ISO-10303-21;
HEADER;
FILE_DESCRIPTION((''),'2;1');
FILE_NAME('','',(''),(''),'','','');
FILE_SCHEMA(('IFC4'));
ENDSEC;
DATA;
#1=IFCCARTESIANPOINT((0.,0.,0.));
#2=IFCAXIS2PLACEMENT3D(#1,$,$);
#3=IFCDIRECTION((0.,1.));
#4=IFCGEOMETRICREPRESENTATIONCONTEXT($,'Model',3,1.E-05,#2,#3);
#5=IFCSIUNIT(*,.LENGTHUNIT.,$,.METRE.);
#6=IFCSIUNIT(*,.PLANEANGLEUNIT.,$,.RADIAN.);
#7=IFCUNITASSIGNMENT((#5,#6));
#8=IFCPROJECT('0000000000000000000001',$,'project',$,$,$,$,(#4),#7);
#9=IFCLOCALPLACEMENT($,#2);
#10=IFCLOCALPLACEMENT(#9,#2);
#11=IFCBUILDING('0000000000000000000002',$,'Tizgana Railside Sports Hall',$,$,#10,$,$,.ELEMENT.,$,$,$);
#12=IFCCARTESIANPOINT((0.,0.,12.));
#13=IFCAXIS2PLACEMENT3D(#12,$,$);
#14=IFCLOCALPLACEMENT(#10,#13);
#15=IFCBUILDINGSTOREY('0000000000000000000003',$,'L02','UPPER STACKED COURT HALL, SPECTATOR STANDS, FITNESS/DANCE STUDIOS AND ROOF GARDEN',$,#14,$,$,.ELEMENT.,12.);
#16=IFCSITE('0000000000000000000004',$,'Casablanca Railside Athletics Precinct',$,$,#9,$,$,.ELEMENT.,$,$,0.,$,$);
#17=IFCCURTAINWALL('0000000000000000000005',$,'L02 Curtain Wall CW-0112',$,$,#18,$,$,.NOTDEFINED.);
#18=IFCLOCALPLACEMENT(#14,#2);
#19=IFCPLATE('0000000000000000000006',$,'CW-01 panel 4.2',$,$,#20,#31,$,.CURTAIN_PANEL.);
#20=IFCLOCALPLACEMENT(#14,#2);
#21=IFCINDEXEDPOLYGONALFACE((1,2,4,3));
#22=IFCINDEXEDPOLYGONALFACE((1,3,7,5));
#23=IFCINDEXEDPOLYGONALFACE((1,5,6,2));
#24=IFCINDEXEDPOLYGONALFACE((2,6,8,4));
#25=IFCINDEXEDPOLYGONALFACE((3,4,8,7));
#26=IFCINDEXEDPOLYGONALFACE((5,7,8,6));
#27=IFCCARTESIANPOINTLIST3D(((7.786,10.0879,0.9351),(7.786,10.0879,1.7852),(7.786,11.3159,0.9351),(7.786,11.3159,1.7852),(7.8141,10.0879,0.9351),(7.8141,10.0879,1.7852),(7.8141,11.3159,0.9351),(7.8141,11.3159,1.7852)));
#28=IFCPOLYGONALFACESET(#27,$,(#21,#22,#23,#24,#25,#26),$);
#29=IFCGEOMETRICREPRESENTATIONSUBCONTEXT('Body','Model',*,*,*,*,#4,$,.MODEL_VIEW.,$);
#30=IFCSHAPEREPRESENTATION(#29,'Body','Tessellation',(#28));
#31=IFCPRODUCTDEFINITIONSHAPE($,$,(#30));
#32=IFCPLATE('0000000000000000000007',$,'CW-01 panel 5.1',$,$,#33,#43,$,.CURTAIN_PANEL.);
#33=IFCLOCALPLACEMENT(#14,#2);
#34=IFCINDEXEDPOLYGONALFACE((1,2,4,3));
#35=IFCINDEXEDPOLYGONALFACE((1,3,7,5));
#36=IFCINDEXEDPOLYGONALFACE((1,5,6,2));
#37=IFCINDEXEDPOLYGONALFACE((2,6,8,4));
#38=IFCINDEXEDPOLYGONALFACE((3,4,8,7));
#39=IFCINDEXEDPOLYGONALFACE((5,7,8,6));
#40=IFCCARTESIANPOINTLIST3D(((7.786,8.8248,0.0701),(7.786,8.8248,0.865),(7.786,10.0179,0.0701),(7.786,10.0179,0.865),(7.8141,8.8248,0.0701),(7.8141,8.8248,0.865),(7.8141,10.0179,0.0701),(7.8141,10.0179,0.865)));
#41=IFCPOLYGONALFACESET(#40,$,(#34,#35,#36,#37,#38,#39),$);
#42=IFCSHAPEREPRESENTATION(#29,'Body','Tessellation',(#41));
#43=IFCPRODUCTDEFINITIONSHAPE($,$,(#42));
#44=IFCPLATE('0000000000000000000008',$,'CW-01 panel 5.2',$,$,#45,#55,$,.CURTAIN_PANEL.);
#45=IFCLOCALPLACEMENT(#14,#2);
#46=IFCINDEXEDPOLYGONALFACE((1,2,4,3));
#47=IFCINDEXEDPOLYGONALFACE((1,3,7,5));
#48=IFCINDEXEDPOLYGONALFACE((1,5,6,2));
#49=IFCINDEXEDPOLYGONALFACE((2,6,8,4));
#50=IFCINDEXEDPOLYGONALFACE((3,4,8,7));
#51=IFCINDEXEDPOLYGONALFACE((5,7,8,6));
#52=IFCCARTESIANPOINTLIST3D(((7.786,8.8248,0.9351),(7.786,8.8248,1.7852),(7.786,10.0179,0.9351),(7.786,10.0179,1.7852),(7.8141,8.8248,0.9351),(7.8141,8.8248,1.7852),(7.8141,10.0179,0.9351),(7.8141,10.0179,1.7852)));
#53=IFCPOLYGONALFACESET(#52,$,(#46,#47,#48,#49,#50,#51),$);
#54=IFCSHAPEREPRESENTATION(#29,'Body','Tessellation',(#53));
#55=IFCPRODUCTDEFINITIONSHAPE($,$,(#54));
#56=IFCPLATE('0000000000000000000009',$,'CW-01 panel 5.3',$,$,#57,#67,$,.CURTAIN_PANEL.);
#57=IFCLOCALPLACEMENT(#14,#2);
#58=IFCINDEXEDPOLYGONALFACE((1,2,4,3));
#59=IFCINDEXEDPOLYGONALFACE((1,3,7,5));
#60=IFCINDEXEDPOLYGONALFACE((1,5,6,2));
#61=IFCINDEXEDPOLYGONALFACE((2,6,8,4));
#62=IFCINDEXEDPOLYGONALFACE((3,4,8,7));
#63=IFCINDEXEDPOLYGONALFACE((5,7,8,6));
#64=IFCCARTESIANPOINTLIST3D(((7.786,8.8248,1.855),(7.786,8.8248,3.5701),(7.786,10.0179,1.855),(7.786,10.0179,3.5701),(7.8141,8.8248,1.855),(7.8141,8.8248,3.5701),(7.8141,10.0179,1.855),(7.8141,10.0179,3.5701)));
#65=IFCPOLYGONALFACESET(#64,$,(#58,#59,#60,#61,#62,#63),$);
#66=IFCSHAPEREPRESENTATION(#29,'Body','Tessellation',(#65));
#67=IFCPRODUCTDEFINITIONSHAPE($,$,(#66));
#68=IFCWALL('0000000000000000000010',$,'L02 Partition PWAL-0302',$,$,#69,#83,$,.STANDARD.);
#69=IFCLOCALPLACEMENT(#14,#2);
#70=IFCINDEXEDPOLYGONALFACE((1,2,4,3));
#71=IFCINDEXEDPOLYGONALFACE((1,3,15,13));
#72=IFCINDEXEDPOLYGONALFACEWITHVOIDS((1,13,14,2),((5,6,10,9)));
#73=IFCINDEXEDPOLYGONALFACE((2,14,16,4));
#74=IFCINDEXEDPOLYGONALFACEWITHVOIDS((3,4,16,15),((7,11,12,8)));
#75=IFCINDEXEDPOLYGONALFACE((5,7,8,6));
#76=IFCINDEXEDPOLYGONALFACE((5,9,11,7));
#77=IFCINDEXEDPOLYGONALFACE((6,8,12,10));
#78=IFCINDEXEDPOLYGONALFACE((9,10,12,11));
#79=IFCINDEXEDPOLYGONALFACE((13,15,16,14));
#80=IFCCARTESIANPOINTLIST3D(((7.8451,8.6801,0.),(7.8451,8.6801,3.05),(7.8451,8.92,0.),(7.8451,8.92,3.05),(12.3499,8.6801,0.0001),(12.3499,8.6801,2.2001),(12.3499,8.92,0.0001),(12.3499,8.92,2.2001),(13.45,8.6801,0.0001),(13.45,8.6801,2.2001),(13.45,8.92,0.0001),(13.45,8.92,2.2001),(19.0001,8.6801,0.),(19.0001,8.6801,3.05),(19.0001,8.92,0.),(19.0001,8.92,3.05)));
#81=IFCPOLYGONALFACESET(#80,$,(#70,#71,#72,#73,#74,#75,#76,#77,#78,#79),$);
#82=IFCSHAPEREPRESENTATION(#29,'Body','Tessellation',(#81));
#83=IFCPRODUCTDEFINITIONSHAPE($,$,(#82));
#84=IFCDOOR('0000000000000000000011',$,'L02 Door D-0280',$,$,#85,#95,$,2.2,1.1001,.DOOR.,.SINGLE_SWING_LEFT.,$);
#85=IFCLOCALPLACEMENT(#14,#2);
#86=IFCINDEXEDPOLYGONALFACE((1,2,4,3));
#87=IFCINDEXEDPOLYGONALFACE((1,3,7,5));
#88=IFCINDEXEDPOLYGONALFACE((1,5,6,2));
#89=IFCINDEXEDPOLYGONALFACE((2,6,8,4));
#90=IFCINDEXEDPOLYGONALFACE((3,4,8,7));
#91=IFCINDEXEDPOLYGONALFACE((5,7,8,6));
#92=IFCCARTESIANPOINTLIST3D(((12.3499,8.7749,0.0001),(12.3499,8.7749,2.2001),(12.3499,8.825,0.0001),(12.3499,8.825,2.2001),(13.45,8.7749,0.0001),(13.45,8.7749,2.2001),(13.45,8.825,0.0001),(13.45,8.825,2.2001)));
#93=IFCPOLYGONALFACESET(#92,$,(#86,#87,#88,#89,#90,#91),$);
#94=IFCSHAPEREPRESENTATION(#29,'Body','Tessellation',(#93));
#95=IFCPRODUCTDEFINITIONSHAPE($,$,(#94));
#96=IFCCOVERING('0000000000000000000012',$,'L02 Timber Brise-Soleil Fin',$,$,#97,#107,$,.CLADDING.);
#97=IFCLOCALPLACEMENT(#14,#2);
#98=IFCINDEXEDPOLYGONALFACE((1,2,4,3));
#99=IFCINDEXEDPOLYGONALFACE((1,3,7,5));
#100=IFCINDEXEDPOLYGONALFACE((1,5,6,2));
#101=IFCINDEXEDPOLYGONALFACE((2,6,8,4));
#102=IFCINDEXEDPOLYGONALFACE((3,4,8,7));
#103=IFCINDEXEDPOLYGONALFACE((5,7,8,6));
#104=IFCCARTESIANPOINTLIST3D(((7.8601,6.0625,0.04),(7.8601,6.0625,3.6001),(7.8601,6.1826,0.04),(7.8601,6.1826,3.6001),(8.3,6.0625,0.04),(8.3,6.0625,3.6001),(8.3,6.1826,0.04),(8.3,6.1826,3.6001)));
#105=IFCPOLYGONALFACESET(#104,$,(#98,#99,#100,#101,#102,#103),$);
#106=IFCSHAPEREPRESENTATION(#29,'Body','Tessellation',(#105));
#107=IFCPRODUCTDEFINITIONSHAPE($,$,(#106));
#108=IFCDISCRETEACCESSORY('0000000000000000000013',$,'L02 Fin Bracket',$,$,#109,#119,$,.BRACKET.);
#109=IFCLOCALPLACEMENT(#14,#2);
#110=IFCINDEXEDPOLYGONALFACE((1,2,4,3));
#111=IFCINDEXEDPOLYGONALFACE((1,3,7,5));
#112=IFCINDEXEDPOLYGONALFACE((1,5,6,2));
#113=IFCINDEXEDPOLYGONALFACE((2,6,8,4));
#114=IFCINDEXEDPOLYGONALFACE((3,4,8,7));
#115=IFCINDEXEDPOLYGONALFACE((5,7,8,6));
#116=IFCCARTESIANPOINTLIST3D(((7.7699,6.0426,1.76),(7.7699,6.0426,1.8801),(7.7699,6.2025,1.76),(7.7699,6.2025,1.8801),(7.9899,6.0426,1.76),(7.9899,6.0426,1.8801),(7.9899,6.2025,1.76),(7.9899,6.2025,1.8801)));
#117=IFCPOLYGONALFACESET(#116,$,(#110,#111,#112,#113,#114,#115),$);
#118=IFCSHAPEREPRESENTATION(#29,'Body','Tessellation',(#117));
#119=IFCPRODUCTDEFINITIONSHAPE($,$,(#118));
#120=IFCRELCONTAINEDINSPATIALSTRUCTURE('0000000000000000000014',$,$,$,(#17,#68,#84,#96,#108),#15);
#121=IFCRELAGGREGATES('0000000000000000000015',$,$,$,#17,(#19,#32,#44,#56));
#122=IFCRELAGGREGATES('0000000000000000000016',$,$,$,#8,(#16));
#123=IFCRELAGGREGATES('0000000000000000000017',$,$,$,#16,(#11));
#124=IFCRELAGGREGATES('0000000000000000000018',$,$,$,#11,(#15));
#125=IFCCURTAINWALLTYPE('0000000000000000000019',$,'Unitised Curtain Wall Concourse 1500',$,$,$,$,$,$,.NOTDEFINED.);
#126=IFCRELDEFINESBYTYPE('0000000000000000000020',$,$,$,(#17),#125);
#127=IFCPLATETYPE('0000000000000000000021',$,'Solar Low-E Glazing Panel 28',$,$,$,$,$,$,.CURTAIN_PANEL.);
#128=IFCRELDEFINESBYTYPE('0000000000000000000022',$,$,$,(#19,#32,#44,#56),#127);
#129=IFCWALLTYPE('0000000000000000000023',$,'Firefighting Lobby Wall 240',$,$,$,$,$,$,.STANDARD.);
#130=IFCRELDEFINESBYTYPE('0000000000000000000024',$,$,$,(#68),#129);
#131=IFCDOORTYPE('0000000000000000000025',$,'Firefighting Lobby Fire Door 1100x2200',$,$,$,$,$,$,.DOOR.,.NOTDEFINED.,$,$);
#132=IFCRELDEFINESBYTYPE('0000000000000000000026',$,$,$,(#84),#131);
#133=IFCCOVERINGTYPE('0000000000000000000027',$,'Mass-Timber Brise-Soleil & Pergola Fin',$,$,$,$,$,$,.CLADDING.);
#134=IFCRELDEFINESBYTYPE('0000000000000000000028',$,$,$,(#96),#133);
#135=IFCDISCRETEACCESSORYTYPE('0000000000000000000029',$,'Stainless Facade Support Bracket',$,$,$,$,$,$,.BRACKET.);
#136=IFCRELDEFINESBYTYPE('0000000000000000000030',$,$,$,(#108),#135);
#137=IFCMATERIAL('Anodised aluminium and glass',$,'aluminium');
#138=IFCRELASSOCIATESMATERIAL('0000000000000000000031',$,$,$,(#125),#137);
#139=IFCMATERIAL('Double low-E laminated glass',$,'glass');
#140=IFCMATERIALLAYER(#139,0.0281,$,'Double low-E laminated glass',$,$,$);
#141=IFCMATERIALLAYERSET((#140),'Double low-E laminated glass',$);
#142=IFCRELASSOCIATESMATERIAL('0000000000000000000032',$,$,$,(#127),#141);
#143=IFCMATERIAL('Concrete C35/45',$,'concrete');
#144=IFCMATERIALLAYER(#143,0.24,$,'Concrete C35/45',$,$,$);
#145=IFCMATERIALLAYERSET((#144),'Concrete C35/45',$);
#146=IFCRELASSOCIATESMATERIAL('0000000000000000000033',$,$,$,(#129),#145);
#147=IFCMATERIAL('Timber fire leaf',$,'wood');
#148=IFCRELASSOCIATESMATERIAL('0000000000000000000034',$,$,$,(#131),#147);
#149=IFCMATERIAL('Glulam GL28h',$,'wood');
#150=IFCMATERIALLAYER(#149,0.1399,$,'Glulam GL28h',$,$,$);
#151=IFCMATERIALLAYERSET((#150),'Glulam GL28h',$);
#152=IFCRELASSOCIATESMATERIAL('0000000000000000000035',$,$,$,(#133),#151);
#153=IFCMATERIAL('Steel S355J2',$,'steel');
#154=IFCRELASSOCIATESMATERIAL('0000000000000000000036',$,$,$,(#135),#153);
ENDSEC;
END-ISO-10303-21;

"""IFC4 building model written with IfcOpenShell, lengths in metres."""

from ifc_helpers import new_model, si_unit, direction, frame, frame_2d, origin, origin_2d, place, context, subcontext, project, spatial, rectangle, extrude, material, layer, layer_set, type_object, element, fill, aggregate, save


model = new_model("IFC4")

# Units and contexts
model_context = context("Model", 3, precision=1e-05, world=origin(), true_north=direction((0.0, 1.0)))
body_context = subcontext(model_context, "Body", "Model", "MODEL_VIEW")
ifc_project = project(units=[si_unit("LENGTHUNIT", "METRE"), si_unit("PLANEANGLEUNIT", "RADIAN")], contexts=[model_context])

# Site, building, storey
site_placement = place(None, origin())
site = spatial("IfcSite", under=ifc_project, at=site_placement, Name="Casablanca Railside Athletics Precinct", CompositionType="ELEMENT", RefElevation=0.0)
building_placement = place(site_placement, origin())
building = spatial("IfcBuilding", under=site, at=building_placement, Name="Tizgana Railside Sports Hall", CompositionType="ELEMENT")
storey_placement = place(building_placement, frame((0.0, 0.0, 12.0)))
storey = spatial("IfcBuildingStorey", under=building, at=storey_placement, Name="L02", Description="UPPER STACKED COURT HALL, SPECTATOR STANDS, FITNESS/DANCE STUDIOS AND ROOF GARDEN", CompositionType="ELEMENT", Elevation=12.0)

# Shared definitions
ifc_material_1 = material(Name="Concrete C35/45", Category="concrete")

# Shared definitions
ifc_material_2 = material(Name="Anodised aluminium and glass", Category="aluminium")

# Curtain wall
curtain_wall_type_1 = type_object("IfcCurtainWallType", Name="Unitised Curtain Wall Concourse 1500", PredefinedType="NOTDEFINED", material=ifc_material_2)
curtain_wall_1_placement = place(storey_placement, origin())
curtain_wall_1 = element("IfcCurtainWall", 1, at=curtain_wall_1_placement, inside=storey, type_object=curtain_wall_type_1, Name="L02 Curtain Wall CW-0112", PredefinedType="NOTDEFINED")

# Shared definitions
ifc_material_3 = material(Name="Steel S355J2", Category="steel")

# Plates
ifc_material_4 = material(Name="Double low-E laminated glass", Category="glass")
ifc_layer_1 = layer(ifc_material_4, 0.0281, Name="Double low-E laminated glass")
ifc_layer_set_1 = layer_set([ifc_layer_1], Name="Double low-E laminated glass")
plate_type = type_object("IfcPlateType", Name="Solar Low-E Glazing Panel 28", PredefinedType="CURTAIN_PANEL", material=ifc_layer_set_1)
plate_1_placement = place(storey_placement, frame((7.8, 10.7019, 0.9351), z_axis=(0.0, 0.0, 1.0), x_axis=(0.0, -1.0, 0.0)))
plate_1 = element("IfcPlate", 2, at=plate_1_placement, type_object=plate_type, Name="CW-01 panel 4.2", PredefinedType="CURTAIN_PANEL", context=body_context, shape_type="SweptSolid", body=[
    extrude(rectangle(XDim=1.228, YDim=0.0281, at=origin_2d()), origin(), (0.0, 0.0, 1.0), 0.8501),
])
plate_2_placement = place(storey_placement, frame((7.8, 9.4214, 0.0701), z_axis=(0.0, 0.0, 1.0), x_axis=(0.0, -1.0, 0.0)))
plate_2 = element("IfcPlate", 3, at=plate_2_placement, type_object=plate_type, Name="CW-01 panel 5.1", PredefinedType="CURTAIN_PANEL", context=body_context, shape_type="SweptSolid", body=[
    extrude(rectangle(XDim=1.1931, YDim=0.0281, at=origin_2d()), origin(), (0.0, 0.0, 1.0), 0.7949),
])
plate_3_placement = place(storey_placement, frame((7.8, 9.4214, 0.9351), z_axis=(0.0, 0.0, 1.0), x_axis=(0.0, -1.0, 0.0)))
plate_3 = element("IfcPlate", 4, at=plate_3_placement, type_object=plate_type, Name="CW-01 panel 5.2", PredefinedType="CURTAIN_PANEL", context=body_context, shape_type="SweptSolid", body=[
    extrude(rectangle(XDim=1.1931, YDim=0.0281, at=origin_2d()), origin(), (0.0, 0.0, 1.0), 0.8501),
])
plate_4_placement = place(storey_placement, frame((7.8, 9.4214, 1.855), z_axis=(0.0, 0.0, 1.0), x_axis=(0.0, -1.0, 0.0)))
plate_4 = element("IfcPlate", 5, at=plate_4_placement, type_object=plate_type, Name="CW-01 panel 5.3", PredefinedType="CURTAIN_PANEL", context=body_context, shape_type="SweptSolid", body=[
    extrude(rectangle(XDim=1.1931, YDim=0.0281, at=origin_2d()), origin(), (0.0, 0.0, 1.0), 1.7151),
])
aggregate(curtain_wall_1, [plate_1, plate_2, plate_3, plate_4])

# Wall, opening, door
ifc_layer_2 = layer(ifc_material_1, 0.24, Name="Concrete C35/45")
ifc_layer_set_2 = layer_set([ifc_layer_2], Name="Concrete C35/45")
wall_type = type_object("IfcWallType", Name="Firefighting Lobby Wall 240", PredefinedType="STANDARD", material=ifc_layer_set_2)
wall_placement = place(storey_placement, frame((7.845, 8.8, 0.0), z_axis=(0.0, 0.0, 1.0), x_axis=(1.0, 0.0, 0.0)))
wall = element("IfcWall", 6, at=wall_placement, inside=storey, type_object=wall_type, Name="L02 Partition PWAL-0302", PredefinedType="STANDARD", context=body_context, shape_type="SweptSolid", body=[
    extrude(rectangle(XDim=11.155, YDim=0.24, at=frame_2d((5.5776, 0.0))), origin(), (0.0, 0.0, 1.0), 3.05),
])
opening_placement = place(wall_placement, frame((4.5049, 0.0, 0.0)))
opening = element("IfcOpeningElement", 7, at=opening_placement, cuts=wall, PredefinedType="OPENING", context=body_context, shape_type="SweptSolid", body=[
    extrude(rectangle(XDim=1.1001, YDim=2.2, at=frame_2d((0.55, 1.1001))), frame((0.0, 0.1299, 0.0), z_axis=(0.0, -1.0, 0.0), x_axis=(1.0, 0.0, 0.0)), (0.0, 0.0, 1.0), 0.26),
])
ifc_material_5 = material(Name="Timber fire leaf", Category="wood")
door_type = type_object("IfcDoorType", Name="Firefighting Lobby Fire Door 1100x2200", OperationType="NOTDEFINED", PredefinedType="DOOR", material=ifc_material_5)
door_placement = place(opening_placement, origin())
door = element("IfcDoor", 8, at=door_placement, inside=storey, type_object=door_type, Name="L02 Door D-0280", OperationType="SINGLE_SWING_LEFT", OverallHeight=2.2, OverallWidth=1.1001, PredefinedType="DOOR", context=body_context, shape_type="SweptSolid", body=[
    extrude(rectangle(XDim=1.1001, YDim=2.2, at=frame_2d((0.55, 1.1001))), frame((0.0, 0.0249, 0.0), z_axis=(0.0, -1.0, 0.0), x_axis=(1.0, 0.0, 0.0)), (0.0, 0.0, 1.0), 0.05),
])
fill(opening, door)

# Covering
ifc_material_6 = material(Name="Glulam GL28h", Category="wood")
ifc_layer_3 = layer(ifc_material_6, 0.1399, Name="Glulam GL28h")
ifc_layer_set_3 = layer_set([ifc_layer_3], Name="Glulam GL28h")
covering_type = type_object("IfcCoveringType", Name="Mass-Timber Brise-Soleil & Pergola Fin", PredefinedType="CLADDING", material=ifc_layer_set_3)
covering_placement = place(storey_placement, frame((8.0801, 6.1226, 0.04), z_axis=(0.0, 0.0, 1.0), x_axis=(0.0, -1.0, 0.0)))
element("IfcCovering", 9, at=covering_placement, inside=storey, type_object=covering_type, Name="L02 Timber Brise-Soleil Fin", PredefinedType="CLADDING", context=body_context, shape_type="SweptSolid", body=[
    extrude(rectangle(XDim=0.1201, YDim=0.4399, at=origin_2d()), origin(), (0.0, 0.0, 1.0), 3.5601),
])

# Discrete accessory
discrete_accessory_type = type_object("IfcDiscreteAccessoryType", Name="Stainless Facade Support Bracket", PredefinedType="BRACKET", material=ifc_material_3)
discrete_accessory_placement = place(storey_placement, frame((7.8799, 6.1226, 1.76), z_axis=(0.0, 0.0, 1.0), x_axis=(0.0, -1.0, 0.0)))
element("IfcDiscreteAccessory", 10, at=discrete_accessory_placement, inside=storey, type_object=discrete_accessory_type, Name="L02 Fin Bracket", PredefinedType="BRACKET", context=body_context, shape_type="SweptSolid", body=[
    extrude(rectangle(XDim=0.1599, YDim=0.22, at=origin_2d()), origin(), (0.0, 0.0, 1.0), 0.1201),
])

save(model, "model.ifc")
